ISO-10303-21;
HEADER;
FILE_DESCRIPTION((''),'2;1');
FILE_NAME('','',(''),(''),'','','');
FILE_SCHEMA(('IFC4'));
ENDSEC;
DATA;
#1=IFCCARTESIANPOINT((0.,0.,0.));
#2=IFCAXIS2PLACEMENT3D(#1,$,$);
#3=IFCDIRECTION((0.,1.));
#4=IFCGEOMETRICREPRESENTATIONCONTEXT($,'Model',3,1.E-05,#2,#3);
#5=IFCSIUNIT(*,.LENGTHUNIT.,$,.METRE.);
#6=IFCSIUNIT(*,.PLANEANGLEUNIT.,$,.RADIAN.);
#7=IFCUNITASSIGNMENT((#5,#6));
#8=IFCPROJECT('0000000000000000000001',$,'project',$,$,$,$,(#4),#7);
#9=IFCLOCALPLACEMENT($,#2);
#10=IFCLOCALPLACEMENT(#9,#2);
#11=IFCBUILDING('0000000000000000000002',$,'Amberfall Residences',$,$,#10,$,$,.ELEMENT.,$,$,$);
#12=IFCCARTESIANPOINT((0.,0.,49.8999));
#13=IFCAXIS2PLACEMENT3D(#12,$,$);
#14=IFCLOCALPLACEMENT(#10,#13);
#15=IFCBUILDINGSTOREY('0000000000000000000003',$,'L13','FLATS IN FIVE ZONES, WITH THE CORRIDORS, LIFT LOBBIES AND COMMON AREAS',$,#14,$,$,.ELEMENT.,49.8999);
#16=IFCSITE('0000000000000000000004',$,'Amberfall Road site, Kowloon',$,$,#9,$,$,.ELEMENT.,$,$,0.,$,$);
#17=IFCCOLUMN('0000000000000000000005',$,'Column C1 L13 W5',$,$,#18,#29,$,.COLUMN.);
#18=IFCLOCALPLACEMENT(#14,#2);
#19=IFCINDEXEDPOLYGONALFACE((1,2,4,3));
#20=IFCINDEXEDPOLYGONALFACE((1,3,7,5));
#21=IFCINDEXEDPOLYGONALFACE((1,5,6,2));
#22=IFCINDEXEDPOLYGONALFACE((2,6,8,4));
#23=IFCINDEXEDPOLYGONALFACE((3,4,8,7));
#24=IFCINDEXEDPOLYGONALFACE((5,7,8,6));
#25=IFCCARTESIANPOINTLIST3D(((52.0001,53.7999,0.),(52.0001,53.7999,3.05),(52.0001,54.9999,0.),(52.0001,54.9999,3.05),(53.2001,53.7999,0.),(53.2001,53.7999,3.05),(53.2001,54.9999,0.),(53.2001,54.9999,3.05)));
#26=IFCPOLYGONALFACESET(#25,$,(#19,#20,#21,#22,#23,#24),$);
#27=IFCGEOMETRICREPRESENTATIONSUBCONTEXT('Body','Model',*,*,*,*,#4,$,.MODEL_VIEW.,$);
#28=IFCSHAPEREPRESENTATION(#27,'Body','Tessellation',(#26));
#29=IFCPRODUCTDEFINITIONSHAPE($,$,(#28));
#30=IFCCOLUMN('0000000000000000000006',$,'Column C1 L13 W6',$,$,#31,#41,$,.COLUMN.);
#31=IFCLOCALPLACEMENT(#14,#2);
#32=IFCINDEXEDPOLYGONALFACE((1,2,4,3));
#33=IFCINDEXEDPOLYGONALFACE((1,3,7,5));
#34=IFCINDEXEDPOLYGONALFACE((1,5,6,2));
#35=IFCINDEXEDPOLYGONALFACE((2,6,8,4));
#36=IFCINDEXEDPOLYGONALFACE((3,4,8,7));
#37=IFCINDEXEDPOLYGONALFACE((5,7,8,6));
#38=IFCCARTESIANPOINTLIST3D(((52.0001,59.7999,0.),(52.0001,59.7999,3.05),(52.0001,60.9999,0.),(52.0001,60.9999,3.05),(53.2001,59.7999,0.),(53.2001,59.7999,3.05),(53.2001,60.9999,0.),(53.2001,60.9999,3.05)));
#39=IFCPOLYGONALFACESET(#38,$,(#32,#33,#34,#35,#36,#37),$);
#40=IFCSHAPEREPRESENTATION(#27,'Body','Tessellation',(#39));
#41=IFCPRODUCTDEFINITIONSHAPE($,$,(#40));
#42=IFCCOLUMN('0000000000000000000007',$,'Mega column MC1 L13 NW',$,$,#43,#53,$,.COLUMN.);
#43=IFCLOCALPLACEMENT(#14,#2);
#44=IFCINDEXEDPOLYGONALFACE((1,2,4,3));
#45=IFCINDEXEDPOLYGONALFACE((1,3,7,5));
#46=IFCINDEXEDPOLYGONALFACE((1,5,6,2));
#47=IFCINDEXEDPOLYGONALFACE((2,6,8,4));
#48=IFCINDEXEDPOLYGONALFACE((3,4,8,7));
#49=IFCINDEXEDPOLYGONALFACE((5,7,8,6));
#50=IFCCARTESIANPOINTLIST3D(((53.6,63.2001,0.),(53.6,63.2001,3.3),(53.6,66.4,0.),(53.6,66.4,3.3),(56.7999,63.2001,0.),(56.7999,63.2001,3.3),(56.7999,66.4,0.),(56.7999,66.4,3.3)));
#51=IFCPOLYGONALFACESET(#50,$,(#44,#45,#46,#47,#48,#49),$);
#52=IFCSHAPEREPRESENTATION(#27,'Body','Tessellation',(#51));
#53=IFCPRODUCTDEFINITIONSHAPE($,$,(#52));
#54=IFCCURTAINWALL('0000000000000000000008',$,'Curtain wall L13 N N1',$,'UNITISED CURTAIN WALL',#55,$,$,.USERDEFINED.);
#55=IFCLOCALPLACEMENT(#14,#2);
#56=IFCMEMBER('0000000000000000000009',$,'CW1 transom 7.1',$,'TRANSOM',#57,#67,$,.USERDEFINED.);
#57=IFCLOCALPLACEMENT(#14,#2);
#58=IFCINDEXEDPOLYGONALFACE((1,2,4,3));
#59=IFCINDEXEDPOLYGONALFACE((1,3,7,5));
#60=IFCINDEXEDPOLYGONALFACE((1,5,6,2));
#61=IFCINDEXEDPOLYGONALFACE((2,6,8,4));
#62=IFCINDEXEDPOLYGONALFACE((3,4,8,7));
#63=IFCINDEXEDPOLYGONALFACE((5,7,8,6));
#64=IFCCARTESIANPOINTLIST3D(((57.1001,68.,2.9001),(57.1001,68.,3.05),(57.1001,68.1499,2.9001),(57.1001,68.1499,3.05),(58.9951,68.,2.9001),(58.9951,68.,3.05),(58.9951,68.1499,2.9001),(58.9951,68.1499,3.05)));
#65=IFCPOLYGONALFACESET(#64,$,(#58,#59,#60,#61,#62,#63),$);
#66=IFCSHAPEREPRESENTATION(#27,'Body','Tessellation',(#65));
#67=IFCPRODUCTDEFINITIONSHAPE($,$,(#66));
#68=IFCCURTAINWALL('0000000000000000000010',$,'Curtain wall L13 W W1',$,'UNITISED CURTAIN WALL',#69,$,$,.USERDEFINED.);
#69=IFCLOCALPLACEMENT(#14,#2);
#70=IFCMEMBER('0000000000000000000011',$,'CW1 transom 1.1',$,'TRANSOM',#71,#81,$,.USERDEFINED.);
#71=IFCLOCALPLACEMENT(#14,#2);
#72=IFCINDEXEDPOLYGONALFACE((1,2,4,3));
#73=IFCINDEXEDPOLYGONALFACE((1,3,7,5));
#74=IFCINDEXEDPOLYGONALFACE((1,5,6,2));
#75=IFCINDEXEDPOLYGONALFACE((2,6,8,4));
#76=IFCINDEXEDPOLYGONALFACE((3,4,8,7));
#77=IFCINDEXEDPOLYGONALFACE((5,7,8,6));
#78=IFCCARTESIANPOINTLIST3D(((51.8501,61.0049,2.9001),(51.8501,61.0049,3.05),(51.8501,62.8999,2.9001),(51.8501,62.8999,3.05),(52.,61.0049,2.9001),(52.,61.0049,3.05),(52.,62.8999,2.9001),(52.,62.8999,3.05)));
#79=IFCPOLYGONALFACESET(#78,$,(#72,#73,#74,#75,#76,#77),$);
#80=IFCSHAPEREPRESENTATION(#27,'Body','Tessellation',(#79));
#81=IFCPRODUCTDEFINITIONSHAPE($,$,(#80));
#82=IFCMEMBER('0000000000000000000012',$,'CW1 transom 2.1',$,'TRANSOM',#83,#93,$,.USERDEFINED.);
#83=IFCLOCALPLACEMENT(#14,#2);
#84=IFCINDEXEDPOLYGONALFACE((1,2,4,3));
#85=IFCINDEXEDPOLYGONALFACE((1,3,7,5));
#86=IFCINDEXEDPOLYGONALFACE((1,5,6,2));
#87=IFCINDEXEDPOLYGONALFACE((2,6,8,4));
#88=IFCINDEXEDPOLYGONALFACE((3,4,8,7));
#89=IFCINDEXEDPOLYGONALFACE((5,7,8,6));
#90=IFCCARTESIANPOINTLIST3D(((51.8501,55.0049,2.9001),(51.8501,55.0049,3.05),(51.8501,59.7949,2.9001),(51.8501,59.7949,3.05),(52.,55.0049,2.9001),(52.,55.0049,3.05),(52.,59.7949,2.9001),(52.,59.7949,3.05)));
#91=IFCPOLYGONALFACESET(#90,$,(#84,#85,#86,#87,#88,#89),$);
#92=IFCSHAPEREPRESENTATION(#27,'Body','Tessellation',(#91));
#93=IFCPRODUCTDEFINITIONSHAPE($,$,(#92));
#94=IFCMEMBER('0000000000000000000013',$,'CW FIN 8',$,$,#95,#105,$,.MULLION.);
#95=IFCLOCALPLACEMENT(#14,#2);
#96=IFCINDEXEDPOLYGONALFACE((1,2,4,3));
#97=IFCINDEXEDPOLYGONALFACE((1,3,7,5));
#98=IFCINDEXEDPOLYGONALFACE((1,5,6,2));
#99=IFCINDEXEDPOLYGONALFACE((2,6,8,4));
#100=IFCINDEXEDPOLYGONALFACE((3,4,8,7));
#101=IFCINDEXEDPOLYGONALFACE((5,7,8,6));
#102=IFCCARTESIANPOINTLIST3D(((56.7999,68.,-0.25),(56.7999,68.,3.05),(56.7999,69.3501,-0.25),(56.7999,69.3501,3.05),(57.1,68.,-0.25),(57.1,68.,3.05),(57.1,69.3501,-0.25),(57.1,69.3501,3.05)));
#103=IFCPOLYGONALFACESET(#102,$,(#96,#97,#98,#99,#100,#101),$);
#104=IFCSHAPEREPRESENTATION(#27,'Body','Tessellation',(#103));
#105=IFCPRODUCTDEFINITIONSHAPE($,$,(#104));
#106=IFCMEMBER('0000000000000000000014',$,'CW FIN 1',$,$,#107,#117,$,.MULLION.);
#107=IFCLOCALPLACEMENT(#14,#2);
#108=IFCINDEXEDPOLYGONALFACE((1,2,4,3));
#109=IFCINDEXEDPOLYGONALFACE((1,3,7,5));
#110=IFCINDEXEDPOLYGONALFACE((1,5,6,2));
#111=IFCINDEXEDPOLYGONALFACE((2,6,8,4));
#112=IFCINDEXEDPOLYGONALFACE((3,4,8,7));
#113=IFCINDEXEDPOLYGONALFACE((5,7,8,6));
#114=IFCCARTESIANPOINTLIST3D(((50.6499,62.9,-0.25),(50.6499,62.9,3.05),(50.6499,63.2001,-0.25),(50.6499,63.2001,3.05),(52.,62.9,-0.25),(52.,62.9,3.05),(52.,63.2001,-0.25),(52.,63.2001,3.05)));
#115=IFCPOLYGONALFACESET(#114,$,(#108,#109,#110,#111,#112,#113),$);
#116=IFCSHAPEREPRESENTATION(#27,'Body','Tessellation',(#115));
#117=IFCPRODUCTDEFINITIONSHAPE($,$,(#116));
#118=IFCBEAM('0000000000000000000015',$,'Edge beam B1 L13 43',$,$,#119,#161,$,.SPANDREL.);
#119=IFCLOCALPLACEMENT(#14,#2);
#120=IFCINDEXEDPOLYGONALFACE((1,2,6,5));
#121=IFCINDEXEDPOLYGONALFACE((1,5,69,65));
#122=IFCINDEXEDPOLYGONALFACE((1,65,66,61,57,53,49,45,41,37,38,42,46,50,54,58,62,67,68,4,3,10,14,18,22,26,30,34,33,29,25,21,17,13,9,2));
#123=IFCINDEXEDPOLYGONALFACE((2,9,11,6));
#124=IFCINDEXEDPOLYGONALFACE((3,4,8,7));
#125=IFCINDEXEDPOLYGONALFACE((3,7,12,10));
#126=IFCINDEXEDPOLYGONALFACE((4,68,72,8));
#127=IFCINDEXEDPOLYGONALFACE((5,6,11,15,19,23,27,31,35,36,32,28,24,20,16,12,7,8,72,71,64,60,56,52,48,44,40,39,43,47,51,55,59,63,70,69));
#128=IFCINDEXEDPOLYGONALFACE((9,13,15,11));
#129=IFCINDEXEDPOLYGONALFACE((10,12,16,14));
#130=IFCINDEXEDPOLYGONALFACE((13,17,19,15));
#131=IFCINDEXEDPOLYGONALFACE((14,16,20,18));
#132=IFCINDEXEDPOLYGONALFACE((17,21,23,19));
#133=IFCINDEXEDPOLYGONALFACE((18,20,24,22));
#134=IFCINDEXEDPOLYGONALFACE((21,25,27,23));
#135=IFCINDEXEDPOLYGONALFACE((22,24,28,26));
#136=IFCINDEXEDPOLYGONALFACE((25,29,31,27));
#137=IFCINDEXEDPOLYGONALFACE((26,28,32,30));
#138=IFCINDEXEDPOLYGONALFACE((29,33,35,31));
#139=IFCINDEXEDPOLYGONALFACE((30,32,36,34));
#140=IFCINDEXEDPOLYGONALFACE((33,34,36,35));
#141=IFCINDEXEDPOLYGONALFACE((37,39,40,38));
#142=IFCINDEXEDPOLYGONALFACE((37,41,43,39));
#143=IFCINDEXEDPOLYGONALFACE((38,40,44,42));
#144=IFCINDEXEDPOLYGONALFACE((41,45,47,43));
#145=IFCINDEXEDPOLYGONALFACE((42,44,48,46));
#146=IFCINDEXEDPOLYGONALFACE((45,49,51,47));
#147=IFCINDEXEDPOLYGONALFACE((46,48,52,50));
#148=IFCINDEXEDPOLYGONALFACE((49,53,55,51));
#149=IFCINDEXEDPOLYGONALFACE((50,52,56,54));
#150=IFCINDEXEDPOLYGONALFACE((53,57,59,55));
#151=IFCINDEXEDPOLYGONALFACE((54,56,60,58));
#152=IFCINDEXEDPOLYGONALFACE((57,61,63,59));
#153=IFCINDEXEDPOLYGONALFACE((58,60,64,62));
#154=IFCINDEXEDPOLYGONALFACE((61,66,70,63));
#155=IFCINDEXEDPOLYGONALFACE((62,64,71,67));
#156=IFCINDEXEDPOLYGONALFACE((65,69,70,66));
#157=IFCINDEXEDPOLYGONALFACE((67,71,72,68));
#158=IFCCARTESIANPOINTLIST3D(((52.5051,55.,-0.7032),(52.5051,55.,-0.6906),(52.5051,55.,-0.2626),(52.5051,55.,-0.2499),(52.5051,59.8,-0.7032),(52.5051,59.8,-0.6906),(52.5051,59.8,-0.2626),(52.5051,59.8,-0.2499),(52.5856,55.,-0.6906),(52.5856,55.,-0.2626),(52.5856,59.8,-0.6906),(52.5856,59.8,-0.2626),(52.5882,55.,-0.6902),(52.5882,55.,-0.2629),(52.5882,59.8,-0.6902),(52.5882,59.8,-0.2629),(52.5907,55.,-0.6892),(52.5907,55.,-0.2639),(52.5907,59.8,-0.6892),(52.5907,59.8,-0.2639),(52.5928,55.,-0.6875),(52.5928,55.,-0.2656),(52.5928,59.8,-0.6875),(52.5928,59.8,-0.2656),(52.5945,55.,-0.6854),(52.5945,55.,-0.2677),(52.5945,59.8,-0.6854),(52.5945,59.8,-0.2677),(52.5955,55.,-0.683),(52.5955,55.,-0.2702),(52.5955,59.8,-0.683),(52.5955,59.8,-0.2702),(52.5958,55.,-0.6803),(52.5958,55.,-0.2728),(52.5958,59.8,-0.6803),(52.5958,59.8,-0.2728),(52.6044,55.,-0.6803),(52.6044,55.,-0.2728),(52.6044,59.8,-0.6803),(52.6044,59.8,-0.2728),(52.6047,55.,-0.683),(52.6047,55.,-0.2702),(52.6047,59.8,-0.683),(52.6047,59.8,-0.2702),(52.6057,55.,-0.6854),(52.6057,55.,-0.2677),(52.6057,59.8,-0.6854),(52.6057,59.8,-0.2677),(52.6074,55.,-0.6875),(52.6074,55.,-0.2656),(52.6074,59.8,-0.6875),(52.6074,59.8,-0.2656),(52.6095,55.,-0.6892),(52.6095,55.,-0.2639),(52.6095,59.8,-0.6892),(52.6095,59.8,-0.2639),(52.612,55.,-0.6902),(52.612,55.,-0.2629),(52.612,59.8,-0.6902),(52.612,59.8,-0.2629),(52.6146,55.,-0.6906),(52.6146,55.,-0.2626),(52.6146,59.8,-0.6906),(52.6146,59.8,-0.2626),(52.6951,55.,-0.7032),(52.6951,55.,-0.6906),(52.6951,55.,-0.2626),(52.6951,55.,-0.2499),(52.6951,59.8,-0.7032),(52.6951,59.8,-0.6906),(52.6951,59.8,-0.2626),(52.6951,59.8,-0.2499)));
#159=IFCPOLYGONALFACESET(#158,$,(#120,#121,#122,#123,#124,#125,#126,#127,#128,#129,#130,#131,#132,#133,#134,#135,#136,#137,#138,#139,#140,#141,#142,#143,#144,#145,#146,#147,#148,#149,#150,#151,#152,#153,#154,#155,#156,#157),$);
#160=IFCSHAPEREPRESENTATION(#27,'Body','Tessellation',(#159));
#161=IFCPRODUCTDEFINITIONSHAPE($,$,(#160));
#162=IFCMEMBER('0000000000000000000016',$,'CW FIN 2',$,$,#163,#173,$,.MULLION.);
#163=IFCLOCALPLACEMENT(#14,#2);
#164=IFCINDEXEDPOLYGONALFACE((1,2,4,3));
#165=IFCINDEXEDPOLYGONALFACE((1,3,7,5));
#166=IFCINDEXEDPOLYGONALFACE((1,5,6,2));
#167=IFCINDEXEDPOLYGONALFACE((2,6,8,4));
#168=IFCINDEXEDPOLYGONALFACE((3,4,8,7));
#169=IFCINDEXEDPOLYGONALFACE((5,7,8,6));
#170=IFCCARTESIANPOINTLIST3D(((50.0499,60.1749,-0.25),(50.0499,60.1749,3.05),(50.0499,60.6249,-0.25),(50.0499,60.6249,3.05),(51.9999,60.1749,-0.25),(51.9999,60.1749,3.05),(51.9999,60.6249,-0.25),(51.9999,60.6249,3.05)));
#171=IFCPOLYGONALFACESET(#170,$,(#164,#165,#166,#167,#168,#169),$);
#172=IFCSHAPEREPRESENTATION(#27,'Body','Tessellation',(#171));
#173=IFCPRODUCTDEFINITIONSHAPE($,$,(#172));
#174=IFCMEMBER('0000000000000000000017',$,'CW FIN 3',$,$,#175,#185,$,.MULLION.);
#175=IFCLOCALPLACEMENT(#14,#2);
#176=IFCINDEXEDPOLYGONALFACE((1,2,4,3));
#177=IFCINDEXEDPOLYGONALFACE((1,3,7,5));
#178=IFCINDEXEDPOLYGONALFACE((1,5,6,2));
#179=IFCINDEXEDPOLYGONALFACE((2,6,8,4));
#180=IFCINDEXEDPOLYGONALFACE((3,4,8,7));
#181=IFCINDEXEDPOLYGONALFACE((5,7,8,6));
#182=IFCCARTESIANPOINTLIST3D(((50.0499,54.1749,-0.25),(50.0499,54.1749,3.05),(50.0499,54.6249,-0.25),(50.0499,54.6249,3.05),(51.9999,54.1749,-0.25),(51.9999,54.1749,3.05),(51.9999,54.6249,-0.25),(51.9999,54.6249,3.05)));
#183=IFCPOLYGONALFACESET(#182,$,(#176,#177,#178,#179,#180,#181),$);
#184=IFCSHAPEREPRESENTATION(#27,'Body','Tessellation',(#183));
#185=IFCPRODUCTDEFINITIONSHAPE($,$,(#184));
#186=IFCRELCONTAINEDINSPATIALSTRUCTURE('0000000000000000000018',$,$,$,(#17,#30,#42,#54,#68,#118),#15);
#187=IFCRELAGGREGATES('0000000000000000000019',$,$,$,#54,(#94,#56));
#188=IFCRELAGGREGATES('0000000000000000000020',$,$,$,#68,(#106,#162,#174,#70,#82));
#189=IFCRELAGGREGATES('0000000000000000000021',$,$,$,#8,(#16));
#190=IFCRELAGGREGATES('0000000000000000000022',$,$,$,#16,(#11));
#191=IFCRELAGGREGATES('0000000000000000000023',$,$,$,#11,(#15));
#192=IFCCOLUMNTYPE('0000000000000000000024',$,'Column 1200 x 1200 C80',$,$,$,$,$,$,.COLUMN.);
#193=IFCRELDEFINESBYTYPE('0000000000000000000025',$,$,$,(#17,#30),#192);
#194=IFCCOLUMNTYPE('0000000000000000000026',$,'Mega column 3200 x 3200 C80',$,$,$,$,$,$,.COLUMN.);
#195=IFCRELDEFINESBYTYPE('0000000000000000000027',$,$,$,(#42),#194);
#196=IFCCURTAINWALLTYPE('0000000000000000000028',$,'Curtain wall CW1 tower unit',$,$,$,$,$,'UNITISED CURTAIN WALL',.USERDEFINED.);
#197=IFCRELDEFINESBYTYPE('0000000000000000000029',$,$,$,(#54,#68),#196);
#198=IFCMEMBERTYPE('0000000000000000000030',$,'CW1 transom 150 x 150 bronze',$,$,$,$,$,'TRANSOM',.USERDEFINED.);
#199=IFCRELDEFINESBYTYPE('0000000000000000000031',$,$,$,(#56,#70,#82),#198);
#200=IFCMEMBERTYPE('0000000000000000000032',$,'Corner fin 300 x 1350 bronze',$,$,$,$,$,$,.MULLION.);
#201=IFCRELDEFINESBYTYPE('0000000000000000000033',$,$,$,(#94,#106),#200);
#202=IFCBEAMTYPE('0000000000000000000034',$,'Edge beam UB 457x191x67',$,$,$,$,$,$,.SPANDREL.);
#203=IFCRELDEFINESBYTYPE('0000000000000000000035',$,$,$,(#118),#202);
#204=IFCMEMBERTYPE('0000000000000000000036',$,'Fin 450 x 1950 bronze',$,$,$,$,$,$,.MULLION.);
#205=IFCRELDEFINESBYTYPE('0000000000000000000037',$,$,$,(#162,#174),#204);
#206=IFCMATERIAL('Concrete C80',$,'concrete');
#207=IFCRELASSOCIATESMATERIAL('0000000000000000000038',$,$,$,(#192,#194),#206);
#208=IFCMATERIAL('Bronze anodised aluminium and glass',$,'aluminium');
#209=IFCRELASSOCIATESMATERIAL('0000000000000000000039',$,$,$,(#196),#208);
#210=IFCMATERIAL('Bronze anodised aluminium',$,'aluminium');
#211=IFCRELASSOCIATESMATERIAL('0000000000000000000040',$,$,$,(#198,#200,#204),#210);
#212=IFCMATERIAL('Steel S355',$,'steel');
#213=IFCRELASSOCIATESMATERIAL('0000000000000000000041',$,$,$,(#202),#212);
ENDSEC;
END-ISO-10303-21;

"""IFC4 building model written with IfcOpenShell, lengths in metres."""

from ifc_helpers import new_model, si_unit, direction, frame, origin, origin_2d, place, context, subcontext, project, spatial, rectangle, i_section, extrude, material, material_profile, profile_set, type_object, element, aggregate, save


model = new_model("IFC4")

# Units and contexts
model_context = context("Model", 3, precision=1e-05, world=origin(), true_north=direction((0.0, 1.0)))
body_context = subcontext(model_context, "Body", "Model", "MODEL_VIEW")
ifc_project = project(units=[si_unit("LENGTHUNIT", "METRE"), si_unit("PLANEANGLEUNIT", "RADIAN")], contexts=[model_context])

# Site, building, storey
site_placement = place(None, origin())
site = spatial("IfcSite", under=ifc_project, at=site_placement, Name="Amberfall Road site, Kowloon", CompositionType="ELEMENT", RefElevation=0.0)
building_placement = place(site_placement, origin())
building = spatial("IfcBuilding", under=site, at=building_placement, Name="Amberfall Residences", CompositionType="ELEMENT")
storey_placement = place(building_placement, frame((0.0, 0.0, 49.8999)))
storey = spatial("IfcBuildingStorey", under=building, at=storey_placement, Name="L13", Description="FLATS IN FIVE ZONES, WITH THE CORRIDORS, LIFT LOBBIES AND COMMON AREAS", CompositionType="ELEMENT", Elevation=49.8999)

# Columns
ifc_material_1 = material(Name="Concrete C80", Category="concrete")
ifc_material_profile_1 = material_profile(ifc_material_1, rectangle(XDim=1.2, YDim=1.2, at=origin_2d()), Name="Column 1200 x 1200 C80")
ifc_profile_set_1 = profile_set([ifc_material_profile_1], Name="Concrete C80")
column_type_1 = type_object("IfcColumnType", Name="Column 1200 x 1200 C80", PredefinedType="COLUMN", material=ifc_profile_set_1)
for number, where, z_axis, x_axis, name in (
    (1, (52.6001, 54.3999, 0.0), (0.0, 0.0, 1.0), (1.0, 0.0, 0.0), "Column C1 L13 W5"),
    (2, (52.6001, 60.3999, 0.0), (0.0, 0.0, 1.0), (1.0, 0.0, 0.0), "Column C1 L13 W6"),
):
    element("IfcColumn", number, at=place(storey_placement, frame(where, z_axis=z_axis, x_axis=x_axis)), inside=storey, type_object=column_type_1, Name=name, PredefinedType="COLUMN", context=body_context, shape_type="SweptSolid", body=[
        extrude(rectangle(XDim=1.2, YDim=1.2, at=origin_2d()), origin(), (0.0, 0.0, 1.0), 3.05),
    ])
ifc_material_profile_2 = material_profile(ifc_material_1, rectangle(XDim=3.2, YDim=3.2, at=origin_2d()), Name="Mega column 3200 x 3200 C80")
ifc_profile_set_2 = profile_set([ifc_material_profile_2], Name="Concrete C80")
column_type_2 = type_object("IfcColumnType", Name="Mega column 3200 x 3200 C80", PredefinedType="COLUMN", material=ifc_profile_set_2)
column_placement = place(storey_placement, frame((55.2, 64.8, 0.0), z_axis=(0.0, 0.0, 1.0), x_axis=(1.0, 0.0, 0.0)))
element("IfcColumn", 3, at=column_placement, inside=storey, type_object=column_type_2, Name="Mega column MC1 L13 NW", PredefinedType="COLUMN", context=body_context, shape_type="SweptSolid", body=[
    extrude(rectangle(XDim=3.2, YDim=3.2, at=origin_2d()), origin(), (0.0, 0.0, 1.0), 3.3),
])

# Curtain wall, member
ifc_material_2 = material(Name="Bronze anodised aluminium and glass", Category="aluminium")
curtain_wall_type = type_object("IfcCurtainWallType", Name="Curtain wall CW1 tower unit", ElementType="UNITISED CURTAIN WALL", PredefinedType="USERDEFINED", material=ifc_material_2)
curtain_wall_1_placement = place(storey_placement, origin())
curtain_wall_1 = element("IfcCurtainWall", 4, at=curtain_wall_1_placement, inside=storey, type_object=curtain_wall_type, Name="Curtain wall L13 N N1", ObjectType="UNITISED CURTAIN WALL", PredefinedType="USERDEFINED")
ifc_material_3 = material(Name="Bronze anodised aluminium", Category="aluminium")
ifc_material_profile_3 = material_profile(ifc_material_3, rectangle(XDim=0.1499, YDim=0.1499, at=origin_2d()), Name="CW1 transom 150 x 150 bronze")
ifc_profile_set_3 = profile_set([ifc_material_profile_3], Name="Bronze anodised aluminium")
member_type_1 = type_object("IfcMemberType", Name="CW1 transom 150 x 150 bronze", ElementType="TRANSOM", PredefinedType="USERDEFINED", material=ifc_profile_set_3)
member_1_placement = place(storey_placement, frame((58.9951, 68.075, 2.9751), z_axis=(-1.0, 0.0, 0.0), x_axis=(0.0, -1.0, 0.0)))
member_1 = element("IfcMember", 5, at=member_1_placement, type_object=member_type_1, Name="CW1 transom 7.1", ObjectType="TRANSOM", PredefinedType="USERDEFINED", context=body_context, shape_type="SweptSolid", body=[
    extrude(rectangle(XDim=0.1499, YDim=0.1499, at=origin_2d()), origin(), (0.0, 0.0, 1.0), 1.895),
])

# Curtain wall, members
curtain_wall_2_placement = place(storey_placement, origin())
curtain_wall_2 = element("IfcCurtainWall", 6, at=curtain_wall_2_placement, inside=storey, type_object=curtain_wall_type, Name="Curtain wall L13 W W1", ObjectType="UNITISED CURTAIN WALL", PredefinedType="USERDEFINED")
member_2_placement = place(storey_placement, frame((51.925, 62.8999, 2.9751), z_axis=(0.0, -1.0, 0.0), x_axis=(1.0, 0.0, 0.0)))
member_2 = element("IfcMember", 7, at=member_2_placement, type_object=member_type_1, Name="CW1 transom 1.1", ObjectType="TRANSOM", PredefinedType="USERDEFINED", context=body_context, shape_type="SweptSolid", body=[
    extrude(rectangle(XDim=0.1499, YDim=0.1499, at=origin_2d()), origin(), (0.0, 0.0, 1.0), 1.895),
])
member_3_placement = place(storey_placement, frame((51.925, 59.7949, 2.9751), z_axis=(0.0, -1.0, 0.0), x_axis=(1.0, 0.0, 0.0)))
member_3 = element("IfcMember", 8, at=member_3_placement, type_object=member_type_1, Name="CW1 transom 2.1", ObjectType="TRANSOM", PredefinedType="USERDEFINED", context=body_context, shape_type="SweptSolid", body=[
    extrude(rectangle(XDim=0.1499, YDim=0.1499, at=origin_2d()), origin(), (0.0, 0.0, 1.0), 4.79),
])

# Members
ifc_material_profile_4 = material_profile(ifc_material_3, rectangle(XDim=1.3501, YDim=0.3, at=origin_2d()), Name="Corner fin 300 x 1350 bronze")
ifc_profile_set_4 = profile_set([ifc_material_profile_4], Name="Bronze anodised aluminium")
member_type_2 = type_object("IfcMemberType", Name="Corner fin 300 x 1350 bronze", PredefinedType="MULLION", material=ifc_profile_set_4)
member_4_placement = place(storey_placement, frame((56.95, 68.675, -0.25), z_axis=(0.0, 0.0, 1.0), x_axis=(0.0, -1.0, 0.0)))
member_4 = element("IfcMember", 9, at=member_4_placement, type_object=member_type_2, Name="CW FIN 8", PredefinedType="MULLION", context=body_context, shape_type="SweptSolid", body=[
    extrude(rectangle(XDim=1.3501, YDim=0.3, at=origin_2d()), origin(), (0.0, 0.0, 1.0), 3.3),
])
member_5_placement = place(storey_placement, frame((51.325, 63.05, -0.25), z_axis=(0.0, 0.0, 1.0), x_axis=(1.0, 0.0, 0.0)))
member_5 = element("IfcMember", 10, at=member_5_placement, type_object=member_type_2, Name="CW FIN 1", PredefinedType="MULLION", context=body_context, shape_type="SweptSolid", body=[
    extrude(rectangle(XDim=1.3501, YDim=0.3, at=origin_2d()), origin(), (0.0, 0.0, 1.0), 3.3),
])

# Beam
ifc_material_4 = material(Name="Steel S355", Category="steel")
ifc_material_profile_5 = material_profile(ifc_material_4, i_section(OverallWidth=0.1899, OverallDepth=0.4534, WebThickness=0.0085, FlangeThickness=0.0127, FilletRadius=0.0103, at=origin_2d()), Name="UB 457x191x67")
ifc_profile_set_5 = profile_set([ifc_material_profile_5], Name="Steel S355")
beam_type_1 = type_object("IfcBeamType", Name="Edge beam UB 457x191x67", PredefinedType="SPANDREL", material=ifc_profile_set_5)
beam_1_placement = place(storey_placement, frame((52.6001, 55.0, -0.4766), z_axis=(0.0, 1.0, 0.0), x_axis=(-1.0, 0.0, 0.0)))
element("IfcBeam", 11, at=beam_1_placement, inside=storey, type_object=beam_type_1, Name="Edge beam B1 L13 43", PredefinedType="SPANDREL", context=body_context, shape_type="SweptSolid", body=[
    extrude(i_section(OverallWidth=0.1899, OverallDepth=0.4534, WebThickness=0.0085, FlangeThickness=0.0127, FilletRadius=0.0103, at=origin_2d()), origin(), (0.0, 0.0, 1.0), 4.8),
])

# Members
ifc_material_profile_6 = material_profile(ifc_material_3, rectangle(XDim=1.95, YDim=0.45, at=origin_2d()), Name="Fin 450 x 1950 bronze")
ifc_profile_set_6 = profile_set([ifc_material_profile_6], Name="Bronze anodised aluminium")
member_type_3 = type_object("IfcMemberType", Name="Fin 450 x 1950 bronze", PredefinedType="MULLION", material=ifc_profile_set_6)
member_6_placement = place(storey_placement, frame((51.0249, 60.3999, -0.25), z_axis=(0.0, 0.0, 1.0), x_axis=(1.0, 0.0, 0.0)))
member_6 = element("IfcMember", 12, at=member_6_placement, type_object=member_type_3, Name="CW FIN 2", PredefinedType="MULLION", context=body_context, shape_type="SweptSolid", body=[
    extrude(rectangle(XDim=1.95, YDim=0.45, at=origin_2d()), origin(), (0.0, 0.0, 1.0), 3.3),
])
member_7_placement = place(storey_placement, frame((51.0249, 54.3999, -0.25), z_axis=(0.0, 0.0, 1.0), x_axis=(1.0, 0.0, 0.0)))
member_7 = element("IfcMember", 13, at=member_7_placement, type_object=member_type_3, Name="CW FIN 3", PredefinedType="MULLION", context=body_context, shape_type="SweptSolid", body=[
    extrude(rectangle(XDim=1.95, YDim=0.45, at=origin_2d()), origin(), (0.0, 0.0, 1.0), 3.3),
])

aggregate(curtain_wall_1, [member_4, member_1])
aggregate(curtain_wall_2, [member_5, member_6, member_7, member_2, member_3])

save(model, "model.ifc")
